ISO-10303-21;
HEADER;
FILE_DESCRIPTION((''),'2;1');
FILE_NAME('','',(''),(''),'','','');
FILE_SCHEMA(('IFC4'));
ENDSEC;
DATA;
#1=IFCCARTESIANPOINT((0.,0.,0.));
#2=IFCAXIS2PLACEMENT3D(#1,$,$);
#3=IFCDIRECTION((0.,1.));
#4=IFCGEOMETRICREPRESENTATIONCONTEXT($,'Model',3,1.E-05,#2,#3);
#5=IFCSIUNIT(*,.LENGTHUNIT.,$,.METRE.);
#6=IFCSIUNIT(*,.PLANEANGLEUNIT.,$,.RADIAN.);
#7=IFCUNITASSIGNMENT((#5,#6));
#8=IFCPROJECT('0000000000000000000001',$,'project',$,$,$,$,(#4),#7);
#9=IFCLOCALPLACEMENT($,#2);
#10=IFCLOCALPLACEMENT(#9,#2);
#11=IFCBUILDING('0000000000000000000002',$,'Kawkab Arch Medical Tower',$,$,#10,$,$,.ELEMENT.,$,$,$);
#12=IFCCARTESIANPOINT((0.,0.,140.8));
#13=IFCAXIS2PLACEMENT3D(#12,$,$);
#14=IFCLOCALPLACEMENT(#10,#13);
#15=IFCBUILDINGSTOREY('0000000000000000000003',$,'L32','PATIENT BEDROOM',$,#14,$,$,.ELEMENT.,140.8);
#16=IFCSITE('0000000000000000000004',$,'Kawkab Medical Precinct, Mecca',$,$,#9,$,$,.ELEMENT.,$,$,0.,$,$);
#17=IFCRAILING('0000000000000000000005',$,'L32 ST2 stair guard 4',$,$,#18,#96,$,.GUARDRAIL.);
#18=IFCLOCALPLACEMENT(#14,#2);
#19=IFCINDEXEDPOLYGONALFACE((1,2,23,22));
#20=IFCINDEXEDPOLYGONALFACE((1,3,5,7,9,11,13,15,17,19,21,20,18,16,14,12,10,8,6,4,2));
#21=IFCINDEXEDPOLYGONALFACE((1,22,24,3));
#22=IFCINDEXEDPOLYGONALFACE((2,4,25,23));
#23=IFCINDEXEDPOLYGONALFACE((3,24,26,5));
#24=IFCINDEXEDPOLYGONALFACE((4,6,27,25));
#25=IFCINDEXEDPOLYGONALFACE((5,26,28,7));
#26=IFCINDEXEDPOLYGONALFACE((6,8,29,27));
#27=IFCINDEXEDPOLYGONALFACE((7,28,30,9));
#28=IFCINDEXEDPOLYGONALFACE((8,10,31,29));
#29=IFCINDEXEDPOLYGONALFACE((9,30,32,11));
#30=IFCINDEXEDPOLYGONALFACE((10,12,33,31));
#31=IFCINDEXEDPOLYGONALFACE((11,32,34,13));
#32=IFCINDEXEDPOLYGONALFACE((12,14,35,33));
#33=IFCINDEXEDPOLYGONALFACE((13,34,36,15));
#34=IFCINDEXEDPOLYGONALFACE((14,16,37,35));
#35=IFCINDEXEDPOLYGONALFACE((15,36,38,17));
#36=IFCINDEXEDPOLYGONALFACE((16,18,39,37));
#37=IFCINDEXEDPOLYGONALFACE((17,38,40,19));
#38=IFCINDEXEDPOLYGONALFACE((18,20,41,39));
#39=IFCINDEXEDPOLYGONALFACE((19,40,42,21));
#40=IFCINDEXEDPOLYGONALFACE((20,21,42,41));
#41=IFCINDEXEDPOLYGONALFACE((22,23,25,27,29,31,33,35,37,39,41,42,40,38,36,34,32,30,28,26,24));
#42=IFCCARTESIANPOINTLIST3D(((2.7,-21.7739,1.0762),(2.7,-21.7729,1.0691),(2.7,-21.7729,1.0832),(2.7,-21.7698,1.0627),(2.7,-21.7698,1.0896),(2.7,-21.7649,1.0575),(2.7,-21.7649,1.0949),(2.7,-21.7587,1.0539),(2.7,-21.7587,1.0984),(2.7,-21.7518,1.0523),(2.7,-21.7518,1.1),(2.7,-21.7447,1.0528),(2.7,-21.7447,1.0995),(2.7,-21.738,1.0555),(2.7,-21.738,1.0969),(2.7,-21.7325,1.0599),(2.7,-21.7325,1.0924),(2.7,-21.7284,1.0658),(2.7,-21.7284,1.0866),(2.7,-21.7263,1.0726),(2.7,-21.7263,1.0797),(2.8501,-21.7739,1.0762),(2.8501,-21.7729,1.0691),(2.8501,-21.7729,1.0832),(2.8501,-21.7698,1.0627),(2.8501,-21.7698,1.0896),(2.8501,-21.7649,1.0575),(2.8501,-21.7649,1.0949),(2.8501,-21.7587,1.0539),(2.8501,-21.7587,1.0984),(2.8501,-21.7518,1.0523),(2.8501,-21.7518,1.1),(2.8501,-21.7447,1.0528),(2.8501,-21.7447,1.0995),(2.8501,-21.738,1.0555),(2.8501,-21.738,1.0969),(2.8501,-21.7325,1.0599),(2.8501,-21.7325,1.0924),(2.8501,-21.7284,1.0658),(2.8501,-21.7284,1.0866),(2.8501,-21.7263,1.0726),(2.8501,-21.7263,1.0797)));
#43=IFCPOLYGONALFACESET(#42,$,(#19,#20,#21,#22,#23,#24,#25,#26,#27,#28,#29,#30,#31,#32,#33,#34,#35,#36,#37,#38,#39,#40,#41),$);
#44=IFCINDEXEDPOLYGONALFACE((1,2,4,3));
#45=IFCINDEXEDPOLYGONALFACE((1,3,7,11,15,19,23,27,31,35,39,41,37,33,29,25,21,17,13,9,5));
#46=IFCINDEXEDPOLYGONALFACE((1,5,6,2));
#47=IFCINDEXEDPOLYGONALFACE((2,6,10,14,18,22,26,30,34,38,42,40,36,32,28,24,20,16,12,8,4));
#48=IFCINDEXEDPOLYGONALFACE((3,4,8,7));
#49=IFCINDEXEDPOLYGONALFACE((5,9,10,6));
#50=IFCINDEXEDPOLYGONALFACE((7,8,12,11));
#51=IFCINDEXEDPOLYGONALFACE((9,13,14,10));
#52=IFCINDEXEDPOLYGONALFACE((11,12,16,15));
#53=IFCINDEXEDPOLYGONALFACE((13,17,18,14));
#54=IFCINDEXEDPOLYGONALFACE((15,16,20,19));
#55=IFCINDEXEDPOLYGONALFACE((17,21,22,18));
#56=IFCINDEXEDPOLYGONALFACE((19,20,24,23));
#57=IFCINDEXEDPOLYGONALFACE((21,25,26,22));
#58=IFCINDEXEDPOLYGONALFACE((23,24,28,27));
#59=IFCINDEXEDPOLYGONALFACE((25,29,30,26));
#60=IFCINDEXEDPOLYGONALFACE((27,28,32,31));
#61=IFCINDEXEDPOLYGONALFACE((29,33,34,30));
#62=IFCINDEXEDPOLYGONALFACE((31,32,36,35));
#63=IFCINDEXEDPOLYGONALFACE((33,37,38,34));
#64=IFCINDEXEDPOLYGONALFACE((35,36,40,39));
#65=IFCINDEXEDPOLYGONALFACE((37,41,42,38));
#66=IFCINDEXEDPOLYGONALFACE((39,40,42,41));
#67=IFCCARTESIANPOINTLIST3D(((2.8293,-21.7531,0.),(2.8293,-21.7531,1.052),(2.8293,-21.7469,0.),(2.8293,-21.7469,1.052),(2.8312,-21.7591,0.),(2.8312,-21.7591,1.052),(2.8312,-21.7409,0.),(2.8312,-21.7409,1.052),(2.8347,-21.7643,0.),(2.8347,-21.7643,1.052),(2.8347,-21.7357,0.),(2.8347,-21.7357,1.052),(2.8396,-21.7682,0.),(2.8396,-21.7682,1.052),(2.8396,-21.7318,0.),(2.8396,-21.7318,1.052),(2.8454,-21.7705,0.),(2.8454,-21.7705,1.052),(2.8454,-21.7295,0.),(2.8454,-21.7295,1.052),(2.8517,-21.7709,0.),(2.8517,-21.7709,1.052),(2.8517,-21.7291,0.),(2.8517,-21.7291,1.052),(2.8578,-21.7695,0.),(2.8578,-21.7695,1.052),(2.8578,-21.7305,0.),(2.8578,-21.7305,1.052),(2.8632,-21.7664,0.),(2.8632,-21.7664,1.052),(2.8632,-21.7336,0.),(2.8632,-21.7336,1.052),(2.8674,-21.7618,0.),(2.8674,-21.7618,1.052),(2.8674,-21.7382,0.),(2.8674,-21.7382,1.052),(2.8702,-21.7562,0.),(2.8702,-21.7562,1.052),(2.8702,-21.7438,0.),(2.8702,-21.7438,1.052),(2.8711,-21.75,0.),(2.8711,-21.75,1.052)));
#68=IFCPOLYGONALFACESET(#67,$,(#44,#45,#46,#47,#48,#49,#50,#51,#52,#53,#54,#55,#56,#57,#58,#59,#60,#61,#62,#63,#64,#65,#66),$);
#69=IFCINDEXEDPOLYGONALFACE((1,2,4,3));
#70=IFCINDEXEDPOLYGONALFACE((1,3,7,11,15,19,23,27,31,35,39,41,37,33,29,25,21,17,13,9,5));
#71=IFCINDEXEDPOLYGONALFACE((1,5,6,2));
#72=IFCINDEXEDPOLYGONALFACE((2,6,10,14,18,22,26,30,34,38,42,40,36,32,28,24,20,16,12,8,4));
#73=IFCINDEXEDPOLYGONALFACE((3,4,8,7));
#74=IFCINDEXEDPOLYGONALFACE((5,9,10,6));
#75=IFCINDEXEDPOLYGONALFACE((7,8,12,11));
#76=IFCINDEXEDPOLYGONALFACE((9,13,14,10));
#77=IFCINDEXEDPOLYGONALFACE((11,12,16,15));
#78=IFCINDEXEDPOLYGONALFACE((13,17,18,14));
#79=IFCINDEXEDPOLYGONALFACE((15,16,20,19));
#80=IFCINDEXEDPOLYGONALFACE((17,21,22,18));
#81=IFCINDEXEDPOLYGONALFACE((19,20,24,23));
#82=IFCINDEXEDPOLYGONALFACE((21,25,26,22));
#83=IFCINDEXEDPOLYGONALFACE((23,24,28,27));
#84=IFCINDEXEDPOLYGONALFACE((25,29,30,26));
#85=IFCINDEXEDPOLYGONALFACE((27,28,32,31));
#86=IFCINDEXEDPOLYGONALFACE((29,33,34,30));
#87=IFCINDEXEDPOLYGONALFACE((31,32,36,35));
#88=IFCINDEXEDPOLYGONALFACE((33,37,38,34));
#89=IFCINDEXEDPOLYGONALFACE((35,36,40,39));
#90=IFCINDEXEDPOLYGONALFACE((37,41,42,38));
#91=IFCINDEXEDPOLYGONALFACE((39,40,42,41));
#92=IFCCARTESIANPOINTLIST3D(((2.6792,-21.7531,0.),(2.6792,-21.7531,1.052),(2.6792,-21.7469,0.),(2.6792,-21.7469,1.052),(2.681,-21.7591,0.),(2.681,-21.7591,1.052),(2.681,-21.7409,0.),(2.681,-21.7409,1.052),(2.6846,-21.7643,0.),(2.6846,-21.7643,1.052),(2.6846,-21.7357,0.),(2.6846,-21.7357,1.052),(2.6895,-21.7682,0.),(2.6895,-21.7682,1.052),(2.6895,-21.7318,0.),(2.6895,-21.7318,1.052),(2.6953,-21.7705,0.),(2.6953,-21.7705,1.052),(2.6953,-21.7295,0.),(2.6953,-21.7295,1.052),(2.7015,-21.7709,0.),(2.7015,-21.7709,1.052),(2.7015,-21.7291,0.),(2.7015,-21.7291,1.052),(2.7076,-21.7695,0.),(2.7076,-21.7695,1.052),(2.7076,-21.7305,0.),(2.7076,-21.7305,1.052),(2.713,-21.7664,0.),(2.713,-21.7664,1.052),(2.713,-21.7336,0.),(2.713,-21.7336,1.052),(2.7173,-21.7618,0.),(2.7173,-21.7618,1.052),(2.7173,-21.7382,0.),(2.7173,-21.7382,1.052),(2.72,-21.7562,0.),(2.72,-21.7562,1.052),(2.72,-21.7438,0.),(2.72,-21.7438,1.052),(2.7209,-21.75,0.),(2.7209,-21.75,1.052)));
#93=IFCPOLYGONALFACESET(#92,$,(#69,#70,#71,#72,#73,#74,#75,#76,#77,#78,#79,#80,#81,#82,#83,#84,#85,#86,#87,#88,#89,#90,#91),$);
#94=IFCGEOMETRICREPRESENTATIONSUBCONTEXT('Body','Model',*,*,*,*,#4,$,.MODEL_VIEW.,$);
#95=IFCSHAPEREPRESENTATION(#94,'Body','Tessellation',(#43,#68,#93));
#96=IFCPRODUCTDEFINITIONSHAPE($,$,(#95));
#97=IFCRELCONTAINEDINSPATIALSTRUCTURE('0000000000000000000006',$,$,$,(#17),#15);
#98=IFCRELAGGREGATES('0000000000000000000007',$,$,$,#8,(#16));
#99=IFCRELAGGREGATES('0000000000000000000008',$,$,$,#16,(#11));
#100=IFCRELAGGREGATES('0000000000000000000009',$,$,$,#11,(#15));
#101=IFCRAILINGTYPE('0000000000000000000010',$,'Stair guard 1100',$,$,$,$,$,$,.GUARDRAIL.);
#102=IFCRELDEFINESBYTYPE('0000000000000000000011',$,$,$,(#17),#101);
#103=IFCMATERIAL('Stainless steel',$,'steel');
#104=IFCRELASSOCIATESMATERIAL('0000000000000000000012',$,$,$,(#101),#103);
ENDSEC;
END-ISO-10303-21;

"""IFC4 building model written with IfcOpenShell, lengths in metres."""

from ifc_helpers import new_model, si_unit, direction, frame, origin, origin_2d, place, context, subcontext, project, spatial, circle, extrude, material, type_object, element, save


model = new_model("IFC4")

# Units and contexts
model_context = context("Model", 3, precision=1e-05, world=origin(), true_north=direction((0.0, 1.0)))
body_context = subcontext(model_context, "Body", "Model", "MODEL_VIEW")
ifc_project = project(units=[si_unit("LENGTHUNIT", "METRE"), si_unit("PLANEANGLEUNIT", "RADIAN")], contexts=[model_context])

# Site, building, storey
site_placement = place(None, origin())
site = spatial("IfcSite", under=ifc_project, at=site_placement, Name="Kawkab Medical Precinct, Mecca", CompositionType="ELEMENT", RefElevation=0.0)
building_placement = place(site_placement, origin())
building = spatial("IfcBuilding", under=site, at=building_placement, Name="Kawkab Arch Medical Tower", CompositionType="ELEMENT")
storey_placement = place(building_placement, frame((0.0, 0.0, 140.8)))
storey = spatial("IfcBuildingStorey", under=building, at=storey_placement, Name="L32", Description="PATIENT BEDROOM", CompositionType="ELEMENT", Elevation=140.8)

# Railing
ifc_material_1 = material(Name="Stainless steel", Category="steel")
railing_type = type_object("IfcRailingType", Name="Stair guard 1100", PredefinedType="GUARDRAIL", material=ifc_material_1)
railing_1_placement = place(storey_placement, frame((2.8501, -21.75, 0.0)))
element("IfcRailing", 1, at=railing_1_placement, inside=storey, type_object=railing_type, Name="L32 ST2 stair guard 4", PredefinedType="GUARDRAIL", context=body_context, shape_type="SweptSolid", body=[
    extrude(circle(Radius=0.0239, at=origin_2d()), frame((0.0, 0.0, 1.0762), z_axis=(-1.0, 0.0, 0.0), x_axis=(0.0, -1.0, 0.0)), (0.0, 0.0, 1.0), 0.1501),
    extrude(circle(Radius=0.021, at=origin_2d()), origin(), (0.0, 0.0, 1.0), 1.052),
    extrude(circle(Radius=0.021, at=origin_2d()), frame((-0.1501, 0.0, 0.0)), (0.0, 0.0, 1.0), 1.052),
])

save(model, "model.ifc")
